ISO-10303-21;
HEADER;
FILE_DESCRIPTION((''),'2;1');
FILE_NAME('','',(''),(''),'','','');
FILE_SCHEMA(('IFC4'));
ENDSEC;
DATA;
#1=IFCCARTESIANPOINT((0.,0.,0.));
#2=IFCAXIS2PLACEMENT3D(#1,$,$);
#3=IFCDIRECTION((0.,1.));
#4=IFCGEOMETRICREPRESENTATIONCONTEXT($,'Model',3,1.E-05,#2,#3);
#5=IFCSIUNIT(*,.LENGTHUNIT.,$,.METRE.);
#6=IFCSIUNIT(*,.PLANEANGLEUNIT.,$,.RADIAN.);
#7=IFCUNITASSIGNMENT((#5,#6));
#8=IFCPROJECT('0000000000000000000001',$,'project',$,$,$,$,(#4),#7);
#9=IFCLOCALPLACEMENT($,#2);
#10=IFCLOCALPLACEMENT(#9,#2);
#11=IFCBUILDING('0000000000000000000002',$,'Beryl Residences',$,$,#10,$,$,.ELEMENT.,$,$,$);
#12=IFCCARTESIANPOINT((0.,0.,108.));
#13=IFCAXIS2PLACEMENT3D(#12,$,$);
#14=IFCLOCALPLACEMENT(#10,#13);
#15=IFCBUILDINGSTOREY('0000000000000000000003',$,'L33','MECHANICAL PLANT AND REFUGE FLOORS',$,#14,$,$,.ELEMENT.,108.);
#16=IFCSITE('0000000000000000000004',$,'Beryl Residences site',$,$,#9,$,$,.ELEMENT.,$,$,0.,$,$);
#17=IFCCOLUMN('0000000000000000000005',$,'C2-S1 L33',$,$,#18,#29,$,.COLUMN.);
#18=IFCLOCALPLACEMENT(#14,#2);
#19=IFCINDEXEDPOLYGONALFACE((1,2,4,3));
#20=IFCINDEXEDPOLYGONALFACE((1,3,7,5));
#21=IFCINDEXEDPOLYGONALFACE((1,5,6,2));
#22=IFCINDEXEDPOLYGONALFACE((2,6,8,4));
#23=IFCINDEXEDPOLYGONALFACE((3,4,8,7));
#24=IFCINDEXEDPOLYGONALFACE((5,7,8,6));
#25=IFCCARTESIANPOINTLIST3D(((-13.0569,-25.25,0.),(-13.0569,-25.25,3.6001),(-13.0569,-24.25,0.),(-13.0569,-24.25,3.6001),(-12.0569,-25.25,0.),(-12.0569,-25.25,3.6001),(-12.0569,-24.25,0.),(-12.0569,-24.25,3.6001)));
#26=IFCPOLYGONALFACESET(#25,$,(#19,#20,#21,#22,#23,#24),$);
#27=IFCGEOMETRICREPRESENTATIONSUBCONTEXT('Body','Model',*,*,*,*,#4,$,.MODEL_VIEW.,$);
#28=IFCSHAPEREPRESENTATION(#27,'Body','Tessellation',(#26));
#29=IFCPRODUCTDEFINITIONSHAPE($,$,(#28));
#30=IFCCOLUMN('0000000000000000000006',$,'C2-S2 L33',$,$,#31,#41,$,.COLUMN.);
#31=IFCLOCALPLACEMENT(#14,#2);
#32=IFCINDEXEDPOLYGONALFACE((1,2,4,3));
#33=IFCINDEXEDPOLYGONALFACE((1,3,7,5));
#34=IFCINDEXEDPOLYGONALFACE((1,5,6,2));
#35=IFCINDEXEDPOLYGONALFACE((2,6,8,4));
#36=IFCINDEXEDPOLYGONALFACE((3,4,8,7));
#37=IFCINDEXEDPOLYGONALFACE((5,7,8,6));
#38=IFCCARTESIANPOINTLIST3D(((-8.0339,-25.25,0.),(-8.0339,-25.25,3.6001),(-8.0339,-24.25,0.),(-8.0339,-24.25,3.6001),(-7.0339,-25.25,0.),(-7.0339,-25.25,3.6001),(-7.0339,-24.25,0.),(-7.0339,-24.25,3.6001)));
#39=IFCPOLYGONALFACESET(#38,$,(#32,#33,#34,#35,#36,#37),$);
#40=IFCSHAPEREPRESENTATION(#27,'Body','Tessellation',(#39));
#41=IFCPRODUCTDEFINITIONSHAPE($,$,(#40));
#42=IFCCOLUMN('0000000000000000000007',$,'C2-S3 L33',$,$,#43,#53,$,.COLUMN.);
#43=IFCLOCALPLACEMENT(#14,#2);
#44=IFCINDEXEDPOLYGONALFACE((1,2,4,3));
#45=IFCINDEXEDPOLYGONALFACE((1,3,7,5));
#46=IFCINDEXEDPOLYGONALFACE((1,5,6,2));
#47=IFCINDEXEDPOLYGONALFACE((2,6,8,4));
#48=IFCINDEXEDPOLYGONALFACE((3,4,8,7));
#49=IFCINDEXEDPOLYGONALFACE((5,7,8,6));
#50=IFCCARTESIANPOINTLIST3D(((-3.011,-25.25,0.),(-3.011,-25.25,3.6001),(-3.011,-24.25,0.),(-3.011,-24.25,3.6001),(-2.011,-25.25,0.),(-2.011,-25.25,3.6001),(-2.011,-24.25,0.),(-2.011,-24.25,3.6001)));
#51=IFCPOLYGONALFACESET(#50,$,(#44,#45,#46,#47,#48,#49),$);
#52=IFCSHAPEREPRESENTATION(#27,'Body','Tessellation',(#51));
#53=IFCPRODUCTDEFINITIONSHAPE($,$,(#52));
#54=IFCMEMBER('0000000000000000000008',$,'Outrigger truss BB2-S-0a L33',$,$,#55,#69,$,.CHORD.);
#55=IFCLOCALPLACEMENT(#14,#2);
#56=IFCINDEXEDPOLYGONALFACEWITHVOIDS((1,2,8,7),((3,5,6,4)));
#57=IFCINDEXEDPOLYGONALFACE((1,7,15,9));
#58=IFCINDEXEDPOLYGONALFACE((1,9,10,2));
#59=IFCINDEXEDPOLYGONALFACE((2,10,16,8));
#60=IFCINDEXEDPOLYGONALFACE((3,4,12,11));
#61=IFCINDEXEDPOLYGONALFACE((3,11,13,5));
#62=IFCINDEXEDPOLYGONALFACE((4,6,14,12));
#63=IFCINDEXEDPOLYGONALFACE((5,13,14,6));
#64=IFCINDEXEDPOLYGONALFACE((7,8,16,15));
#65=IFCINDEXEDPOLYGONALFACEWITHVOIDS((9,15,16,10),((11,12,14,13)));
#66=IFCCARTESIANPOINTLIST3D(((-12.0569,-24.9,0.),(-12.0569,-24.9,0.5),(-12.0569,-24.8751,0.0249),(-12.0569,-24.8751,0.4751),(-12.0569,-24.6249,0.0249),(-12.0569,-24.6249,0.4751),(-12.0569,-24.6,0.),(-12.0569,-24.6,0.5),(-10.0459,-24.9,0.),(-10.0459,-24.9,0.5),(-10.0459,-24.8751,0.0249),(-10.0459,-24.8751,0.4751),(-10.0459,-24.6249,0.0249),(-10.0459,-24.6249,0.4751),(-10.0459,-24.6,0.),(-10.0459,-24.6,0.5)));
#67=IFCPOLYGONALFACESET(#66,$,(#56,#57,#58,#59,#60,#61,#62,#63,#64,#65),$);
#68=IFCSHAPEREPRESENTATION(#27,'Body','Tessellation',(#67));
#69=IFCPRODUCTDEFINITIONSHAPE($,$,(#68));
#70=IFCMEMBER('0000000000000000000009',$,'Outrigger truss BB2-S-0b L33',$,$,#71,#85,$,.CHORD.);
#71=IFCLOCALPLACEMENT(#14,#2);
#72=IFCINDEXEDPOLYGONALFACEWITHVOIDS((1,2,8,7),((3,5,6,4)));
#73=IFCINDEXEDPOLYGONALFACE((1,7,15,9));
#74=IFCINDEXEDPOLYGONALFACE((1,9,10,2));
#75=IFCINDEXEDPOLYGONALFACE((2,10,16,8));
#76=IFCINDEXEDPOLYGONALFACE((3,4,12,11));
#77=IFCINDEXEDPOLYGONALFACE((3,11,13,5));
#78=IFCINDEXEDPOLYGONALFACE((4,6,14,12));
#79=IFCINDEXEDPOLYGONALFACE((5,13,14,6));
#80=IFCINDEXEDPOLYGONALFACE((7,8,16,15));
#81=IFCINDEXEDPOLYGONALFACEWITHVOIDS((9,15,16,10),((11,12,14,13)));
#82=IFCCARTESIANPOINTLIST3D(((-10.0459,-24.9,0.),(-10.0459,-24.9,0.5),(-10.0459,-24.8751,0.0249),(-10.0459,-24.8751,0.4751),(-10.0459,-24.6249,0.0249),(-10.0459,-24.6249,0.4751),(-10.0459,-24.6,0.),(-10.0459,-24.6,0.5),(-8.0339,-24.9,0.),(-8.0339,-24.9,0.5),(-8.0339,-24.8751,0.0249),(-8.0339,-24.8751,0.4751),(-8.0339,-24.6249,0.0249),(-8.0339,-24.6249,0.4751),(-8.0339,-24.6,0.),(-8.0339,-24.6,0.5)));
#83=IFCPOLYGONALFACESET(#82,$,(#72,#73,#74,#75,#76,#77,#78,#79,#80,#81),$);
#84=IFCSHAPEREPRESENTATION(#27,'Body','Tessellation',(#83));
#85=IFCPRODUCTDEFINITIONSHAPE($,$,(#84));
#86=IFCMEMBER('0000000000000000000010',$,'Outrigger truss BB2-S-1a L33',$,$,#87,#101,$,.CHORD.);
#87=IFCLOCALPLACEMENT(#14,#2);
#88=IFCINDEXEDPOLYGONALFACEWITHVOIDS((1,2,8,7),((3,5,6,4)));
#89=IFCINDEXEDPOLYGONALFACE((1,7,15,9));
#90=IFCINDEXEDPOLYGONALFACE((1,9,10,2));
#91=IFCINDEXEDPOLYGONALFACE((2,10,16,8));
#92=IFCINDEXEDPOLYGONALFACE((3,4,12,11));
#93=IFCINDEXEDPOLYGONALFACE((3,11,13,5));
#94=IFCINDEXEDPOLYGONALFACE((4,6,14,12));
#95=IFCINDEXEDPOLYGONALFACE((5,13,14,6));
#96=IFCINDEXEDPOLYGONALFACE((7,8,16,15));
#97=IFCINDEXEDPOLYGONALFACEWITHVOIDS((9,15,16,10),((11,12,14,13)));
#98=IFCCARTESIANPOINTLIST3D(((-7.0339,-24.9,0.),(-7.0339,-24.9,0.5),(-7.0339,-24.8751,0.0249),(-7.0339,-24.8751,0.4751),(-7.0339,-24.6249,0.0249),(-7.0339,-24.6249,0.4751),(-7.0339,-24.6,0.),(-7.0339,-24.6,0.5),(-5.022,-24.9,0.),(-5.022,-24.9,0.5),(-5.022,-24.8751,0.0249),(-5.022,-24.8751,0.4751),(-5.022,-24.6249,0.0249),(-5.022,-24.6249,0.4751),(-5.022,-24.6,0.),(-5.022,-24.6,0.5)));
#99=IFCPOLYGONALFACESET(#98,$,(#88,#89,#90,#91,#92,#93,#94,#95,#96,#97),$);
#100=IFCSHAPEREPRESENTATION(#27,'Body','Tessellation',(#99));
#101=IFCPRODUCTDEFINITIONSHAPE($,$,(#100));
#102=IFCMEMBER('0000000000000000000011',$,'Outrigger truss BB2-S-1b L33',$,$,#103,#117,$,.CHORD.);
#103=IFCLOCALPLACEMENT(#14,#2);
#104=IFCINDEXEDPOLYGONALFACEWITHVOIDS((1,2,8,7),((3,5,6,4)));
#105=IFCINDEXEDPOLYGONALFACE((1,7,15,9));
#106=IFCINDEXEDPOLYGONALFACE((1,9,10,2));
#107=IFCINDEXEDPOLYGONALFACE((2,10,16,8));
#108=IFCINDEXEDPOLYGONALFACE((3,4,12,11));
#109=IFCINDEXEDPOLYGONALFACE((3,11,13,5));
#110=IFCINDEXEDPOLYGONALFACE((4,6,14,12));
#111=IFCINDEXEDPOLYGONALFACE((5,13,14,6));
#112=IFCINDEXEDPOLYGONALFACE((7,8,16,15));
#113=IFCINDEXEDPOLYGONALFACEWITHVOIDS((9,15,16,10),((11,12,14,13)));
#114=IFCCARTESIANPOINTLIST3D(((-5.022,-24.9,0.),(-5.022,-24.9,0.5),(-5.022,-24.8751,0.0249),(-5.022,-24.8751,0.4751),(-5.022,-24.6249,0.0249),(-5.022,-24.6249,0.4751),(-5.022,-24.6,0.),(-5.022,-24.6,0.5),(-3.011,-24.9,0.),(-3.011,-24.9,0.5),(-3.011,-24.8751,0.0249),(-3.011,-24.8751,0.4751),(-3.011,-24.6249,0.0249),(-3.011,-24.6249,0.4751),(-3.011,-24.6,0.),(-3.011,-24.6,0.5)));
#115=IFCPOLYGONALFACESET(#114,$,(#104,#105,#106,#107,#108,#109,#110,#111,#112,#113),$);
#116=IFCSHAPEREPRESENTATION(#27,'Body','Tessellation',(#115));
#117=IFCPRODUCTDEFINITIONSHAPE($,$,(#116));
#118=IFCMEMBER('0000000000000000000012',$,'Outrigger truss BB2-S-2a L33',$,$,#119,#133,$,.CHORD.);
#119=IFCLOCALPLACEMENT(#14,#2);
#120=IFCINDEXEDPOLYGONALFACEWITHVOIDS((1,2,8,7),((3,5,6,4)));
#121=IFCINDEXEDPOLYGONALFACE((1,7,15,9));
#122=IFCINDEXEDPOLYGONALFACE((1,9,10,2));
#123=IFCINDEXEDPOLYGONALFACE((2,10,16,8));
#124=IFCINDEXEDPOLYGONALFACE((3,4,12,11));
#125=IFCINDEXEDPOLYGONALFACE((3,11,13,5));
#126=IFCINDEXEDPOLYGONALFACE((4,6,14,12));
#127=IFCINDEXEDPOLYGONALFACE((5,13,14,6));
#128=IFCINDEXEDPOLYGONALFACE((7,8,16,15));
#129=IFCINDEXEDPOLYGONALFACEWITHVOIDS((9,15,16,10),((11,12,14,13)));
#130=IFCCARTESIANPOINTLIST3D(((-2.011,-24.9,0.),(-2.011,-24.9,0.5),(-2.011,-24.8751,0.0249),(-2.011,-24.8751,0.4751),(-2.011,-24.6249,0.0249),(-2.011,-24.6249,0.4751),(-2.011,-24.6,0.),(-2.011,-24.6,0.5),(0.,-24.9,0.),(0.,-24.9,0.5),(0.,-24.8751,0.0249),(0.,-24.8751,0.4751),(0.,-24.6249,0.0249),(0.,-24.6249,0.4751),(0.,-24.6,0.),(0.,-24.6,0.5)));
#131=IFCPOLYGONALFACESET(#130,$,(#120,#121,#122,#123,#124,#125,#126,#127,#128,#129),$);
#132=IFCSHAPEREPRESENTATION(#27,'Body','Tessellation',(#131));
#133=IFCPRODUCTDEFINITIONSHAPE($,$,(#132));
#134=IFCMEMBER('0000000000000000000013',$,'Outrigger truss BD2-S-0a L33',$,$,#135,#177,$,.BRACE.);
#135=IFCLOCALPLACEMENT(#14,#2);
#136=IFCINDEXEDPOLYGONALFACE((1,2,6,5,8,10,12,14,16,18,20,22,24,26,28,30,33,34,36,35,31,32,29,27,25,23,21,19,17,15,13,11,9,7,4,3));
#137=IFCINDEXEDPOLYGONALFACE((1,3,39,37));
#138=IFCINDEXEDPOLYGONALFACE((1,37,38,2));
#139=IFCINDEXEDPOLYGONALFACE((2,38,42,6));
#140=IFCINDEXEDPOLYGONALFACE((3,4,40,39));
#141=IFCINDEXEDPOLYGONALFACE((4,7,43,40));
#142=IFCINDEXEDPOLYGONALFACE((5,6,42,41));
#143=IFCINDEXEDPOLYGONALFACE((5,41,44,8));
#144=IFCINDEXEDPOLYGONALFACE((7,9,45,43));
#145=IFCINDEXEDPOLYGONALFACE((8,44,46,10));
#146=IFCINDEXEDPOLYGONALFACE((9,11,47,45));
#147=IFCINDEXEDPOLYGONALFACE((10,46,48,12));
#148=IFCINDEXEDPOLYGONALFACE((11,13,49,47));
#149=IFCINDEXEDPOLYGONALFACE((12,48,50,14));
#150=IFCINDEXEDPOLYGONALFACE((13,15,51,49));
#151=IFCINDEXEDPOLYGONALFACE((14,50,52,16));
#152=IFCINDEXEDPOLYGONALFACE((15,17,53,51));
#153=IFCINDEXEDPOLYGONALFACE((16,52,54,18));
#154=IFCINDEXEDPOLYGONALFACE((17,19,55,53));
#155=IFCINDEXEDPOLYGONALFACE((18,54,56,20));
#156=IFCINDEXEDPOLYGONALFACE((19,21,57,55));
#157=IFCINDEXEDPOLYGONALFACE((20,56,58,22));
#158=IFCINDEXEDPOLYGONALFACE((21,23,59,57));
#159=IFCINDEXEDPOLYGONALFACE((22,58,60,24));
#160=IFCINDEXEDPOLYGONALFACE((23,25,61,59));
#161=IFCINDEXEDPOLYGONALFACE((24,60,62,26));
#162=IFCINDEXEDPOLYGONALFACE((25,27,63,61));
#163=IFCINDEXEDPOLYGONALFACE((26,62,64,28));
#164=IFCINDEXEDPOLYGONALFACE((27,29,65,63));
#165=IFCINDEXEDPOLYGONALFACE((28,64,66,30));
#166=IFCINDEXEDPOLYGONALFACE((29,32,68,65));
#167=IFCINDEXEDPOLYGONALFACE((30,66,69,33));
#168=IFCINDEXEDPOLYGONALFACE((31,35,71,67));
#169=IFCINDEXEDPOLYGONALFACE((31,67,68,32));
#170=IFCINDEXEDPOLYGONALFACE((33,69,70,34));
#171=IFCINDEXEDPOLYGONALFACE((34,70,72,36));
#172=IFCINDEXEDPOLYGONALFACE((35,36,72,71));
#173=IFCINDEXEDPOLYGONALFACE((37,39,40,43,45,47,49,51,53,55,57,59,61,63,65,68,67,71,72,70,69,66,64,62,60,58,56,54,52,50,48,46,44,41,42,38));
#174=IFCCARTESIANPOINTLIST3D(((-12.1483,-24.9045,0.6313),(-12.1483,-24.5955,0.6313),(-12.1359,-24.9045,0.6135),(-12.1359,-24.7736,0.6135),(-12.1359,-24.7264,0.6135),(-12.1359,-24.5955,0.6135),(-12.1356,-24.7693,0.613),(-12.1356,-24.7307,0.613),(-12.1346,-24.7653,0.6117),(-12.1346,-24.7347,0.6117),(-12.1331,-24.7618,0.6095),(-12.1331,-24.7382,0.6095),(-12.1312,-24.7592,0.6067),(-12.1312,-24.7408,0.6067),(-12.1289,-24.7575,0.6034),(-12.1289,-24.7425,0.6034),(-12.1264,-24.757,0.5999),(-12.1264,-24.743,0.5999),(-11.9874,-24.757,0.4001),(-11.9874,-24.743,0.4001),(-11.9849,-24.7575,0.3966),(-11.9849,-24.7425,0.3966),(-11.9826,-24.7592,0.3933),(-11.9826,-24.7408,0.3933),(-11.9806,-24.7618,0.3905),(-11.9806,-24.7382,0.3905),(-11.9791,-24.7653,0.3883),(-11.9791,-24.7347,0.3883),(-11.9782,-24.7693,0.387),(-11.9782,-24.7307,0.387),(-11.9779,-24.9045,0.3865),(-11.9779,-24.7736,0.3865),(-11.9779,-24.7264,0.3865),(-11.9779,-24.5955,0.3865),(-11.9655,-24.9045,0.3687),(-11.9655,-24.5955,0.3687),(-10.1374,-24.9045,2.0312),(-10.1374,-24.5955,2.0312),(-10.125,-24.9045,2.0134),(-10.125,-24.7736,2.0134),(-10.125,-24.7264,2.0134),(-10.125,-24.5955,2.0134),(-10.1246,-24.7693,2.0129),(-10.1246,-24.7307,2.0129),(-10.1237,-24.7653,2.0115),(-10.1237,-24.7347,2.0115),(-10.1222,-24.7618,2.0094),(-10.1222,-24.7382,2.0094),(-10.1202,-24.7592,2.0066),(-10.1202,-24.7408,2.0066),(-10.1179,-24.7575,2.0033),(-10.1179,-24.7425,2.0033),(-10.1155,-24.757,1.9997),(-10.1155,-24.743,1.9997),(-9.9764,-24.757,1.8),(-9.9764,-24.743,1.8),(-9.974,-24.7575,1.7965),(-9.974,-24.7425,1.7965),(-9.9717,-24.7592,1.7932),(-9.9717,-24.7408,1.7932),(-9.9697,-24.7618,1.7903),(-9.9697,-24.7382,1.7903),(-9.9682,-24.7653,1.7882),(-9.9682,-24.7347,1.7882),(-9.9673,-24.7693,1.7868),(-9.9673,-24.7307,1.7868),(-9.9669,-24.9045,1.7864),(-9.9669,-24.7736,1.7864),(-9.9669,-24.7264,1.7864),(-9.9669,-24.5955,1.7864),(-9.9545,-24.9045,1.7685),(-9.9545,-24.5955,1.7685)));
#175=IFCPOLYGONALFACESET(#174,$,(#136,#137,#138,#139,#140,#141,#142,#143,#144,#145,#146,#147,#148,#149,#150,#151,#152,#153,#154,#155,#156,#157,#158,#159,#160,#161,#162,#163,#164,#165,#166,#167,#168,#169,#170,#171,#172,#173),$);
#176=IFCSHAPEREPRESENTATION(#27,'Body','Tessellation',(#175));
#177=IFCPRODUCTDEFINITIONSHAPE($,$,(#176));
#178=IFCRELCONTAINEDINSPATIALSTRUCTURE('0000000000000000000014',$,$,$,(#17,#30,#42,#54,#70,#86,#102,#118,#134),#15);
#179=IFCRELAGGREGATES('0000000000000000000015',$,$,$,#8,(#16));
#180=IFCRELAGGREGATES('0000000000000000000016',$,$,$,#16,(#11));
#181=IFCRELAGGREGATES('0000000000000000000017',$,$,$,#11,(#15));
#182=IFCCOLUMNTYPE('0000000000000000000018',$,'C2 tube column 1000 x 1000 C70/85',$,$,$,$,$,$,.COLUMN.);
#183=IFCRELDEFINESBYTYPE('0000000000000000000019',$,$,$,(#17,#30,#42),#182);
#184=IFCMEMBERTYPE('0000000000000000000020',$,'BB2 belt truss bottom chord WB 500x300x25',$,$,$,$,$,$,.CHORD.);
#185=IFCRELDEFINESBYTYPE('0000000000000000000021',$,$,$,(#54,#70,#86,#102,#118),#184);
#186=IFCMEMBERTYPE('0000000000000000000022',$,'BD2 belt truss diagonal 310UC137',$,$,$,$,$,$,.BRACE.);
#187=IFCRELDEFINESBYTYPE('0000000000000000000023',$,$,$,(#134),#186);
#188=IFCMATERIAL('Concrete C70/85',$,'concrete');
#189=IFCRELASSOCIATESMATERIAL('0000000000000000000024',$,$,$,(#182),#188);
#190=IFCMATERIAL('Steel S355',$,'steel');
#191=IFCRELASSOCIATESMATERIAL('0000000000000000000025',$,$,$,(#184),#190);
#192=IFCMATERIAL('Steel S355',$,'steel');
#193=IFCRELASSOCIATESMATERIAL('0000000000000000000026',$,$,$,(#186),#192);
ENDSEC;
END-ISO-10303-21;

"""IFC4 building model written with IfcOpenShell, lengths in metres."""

from ifc_helpers import new_model, si_unit, direction, frame, origin, origin_2d, place, context, subcontext, project, spatial, rectangle, hollow_rectangle, i_section, extrude, material, material_profile, profile_set, type_object, element, save


model = new_model("IFC4")

# Units and contexts
model_context = context("Model", 3, precision=1e-05, world=origin(), true_north=direction((0.0, 1.0)))
body_context = subcontext(model_context, "Body", "Model", "MODEL_VIEW")
ifc_project = project(units=[si_unit("LENGTHUNIT", "METRE"), si_unit("PLANEANGLEUNIT", "RADIAN")], contexts=[model_context])

# Site, building, storey
site_placement = place(None, origin())
site = spatial("IfcSite", under=ifc_project, at=site_placement, Name="Beryl Residences site", CompositionType="ELEMENT", RefElevation=0.0)
building_placement = place(site_placement, origin())
building = spatial("IfcBuilding", under=site, at=building_placement, Name="Beryl Residences", CompositionType="ELEMENT")
storey_placement = place(building_placement, frame((0.0, 0.0, 108.0)))
storey = spatial("IfcBuildingStorey", under=building, at=storey_placement, Name="L33", Description="MECHANICAL PLANT AND REFUGE FLOORS", CompositionType="ELEMENT", Elevation=108.0)

# Columns
ifc_material_1 = material(Name="Concrete C70/85", Category="concrete")
ifc_material_profile_1 = material_profile(ifc_material_1, rectangle(XDim=1.0, YDim=1.0, at=origin_2d()))
ifc_profile_set_1 = profile_set([ifc_material_profile_1], Name="Concrete C70/85")
column_type = type_object("IfcColumnType", Name="C2 tube column 1000 x 1000 C70/85", PredefinedType="COLUMN", material=ifc_profile_set_1)
for number, where, z_axis, x_axis, name in (
    (1, (-12.5569, -24.75, 0.0), (0.0, 0.0, 1.0), (1.0, 0.0, 0.0), "C2-S1 L33"),
    (2, (-7.5339, -24.75, 0.0), (0.0, 0.0, 1.0), (1.0, 0.0, 0.0), "C2-S2 L33"),
    (3, (-2.511, -24.75, 0.0), (0.0, 0.0, 1.0), (1.0, 0.0, 0.0), "C2-S3 L33"),
):
    element("IfcColumn", number, at=place(storey_placement, frame(where, z_axis=z_axis, x_axis=x_axis)), inside=storey, type_object=column_type, Name=name, PredefinedType="COLUMN", context=body_context, shape_type="SweptSolid", body=[
        extrude(rectangle(XDim=1.0, YDim=1.0, at=origin_2d()), origin(), (0.0, 0.0, 1.0), 3.6001),
    ])

# Members
ifc_material_2 = material(Name="Steel S355", Category="steel")
ifc_material_profile_2 = material_profile(ifc_material_2, hollow_rectangle(XDim=0.3, YDim=0.5, WallThickness=0.0249, at=origin_2d()))
ifc_profile_set_2 = profile_set([ifc_material_profile_2], Name="Steel S355")
member_type_1 = type_object("IfcMemberType", Name="BB2 belt truss bottom chord WB 500x300x25", PredefinedType="CHORD", material=ifc_profile_set_2)
member_1_placement = place(storey_placement, frame((-12.0569, -24.75, 0.25), z_axis=(1.0, 0.0, 0.0), x_axis=(0.0, 1.0, 0.0)))
element("IfcMember", 4, at=member_1_placement, inside=storey, type_object=member_type_1, Name="Outrigger truss BB2-S-0a L33", PredefinedType="CHORD", context=body_context, shape_type="SweptSolid", body=[
    extrude(hollow_rectangle(XDim=0.3, YDim=0.5, WallThickness=0.0249, at=origin_2d()), origin(), (0.0, 0.0, 1.0), 2.011),
])
for number, where, z_axis, x_axis, name in (
    (5, (-10.0459, -24.75, 0.25), (1.0, 0.0, 0.0), (0.0, 1.0, 0.0), "Outrigger truss BB2-S-0b L33"),
    (6, (-7.0339, -24.75, 0.25), (1.0, 0.0, 0.0), (0.0, 1.0, 0.0), "Outrigger truss BB2-S-1a L33"),
):
    element("IfcMember", number, at=place(storey_placement, frame(where, z_axis=z_axis, x_axis=x_axis)), inside=storey, type_object=member_type_1, Name=name, PredefinedType="CHORD", context=body_context, shape_type="SweptSolid", body=[
        extrude(hollow_rectangle(XDim=0.3, YDim=0.5, WallThickness=0.0249, at=origin_2d()), origin(), (0.0, 0.0, 1.0), 2.012),
    ])
for number, where, z_axis, x_axis, name in (
    (7, (-5.022, -24.75, 0.25), (1.0, 0.0, 0.0), (0.0, 1.0, 0.0), "Outrigger truss BB2-S-1b L33"),
    (8, (-2.011, -24.75, 0.25), (1.0, 0.0, 0.0), (0.0, 1.0, 0.0), "Outrigger truss BB2-S-2a L33"),
):
    element("IfcMember", number, at=place(storey_placement, frame(where, z_axis=z_axis, x_axis=x_axis)), inside=storey, type_object=member_type_1, Name=name, PredefinedType="CHORD", context=body_context, shape_type="SweptSolid", body=[
        extrude(hollow_rectangle(XDim=0.3, YDim=0.5, WallThickness=0.0249, at=origin_2d()), origin(), (0.0, 0.0, 1.0), 2.011),
    ])
ifc_material_3 = material(Name="Steel S355", Category="steel")
ifc_material_profile_3 = material_profile(ifc_material_3, i_section(OverallWidth=0.3091, OverallDepth=0.3201, WebThickness=0.0139, FlangeThickness=0.0217, FilletRadius=0.0166, at=origin_2d()))
ifc_profile_set_3 = profile_set([ifc_material_profile_3], Name="Steel S355")
member_type_2 = type_object("IfcMemberType", Name="BD2 belt truss diagonal 310UC137", PredefinedType="BRACE", material=ifc_profile_set_3)
member_2_placement = place(storey_placement, frame((-12.0569, -24.75, 0.5), z_axis=(0.820722, 0.0, 0.571327), x_axis=(0.0, 1.0, 0.0)))
element("IfcMember", 9, at=member_2_placement, inside=storey, type_object=member_type_2, Name="Outrigger truss BD2-S-0a L33", PredefinedType="BRACE", context=body_context, shape_type="SweptSolid", body=[
    extrude(i_section(OverallWidth=0.3091, OverallDepth=0.3201, WebThickness=0.0139, FlangeThickness=0.0217, FilletRadius=0.0166, at=origin_2d()), origin(), (0.0, 0.0, 1.0), 2.4502),
])

save(model, "model.ifc")
